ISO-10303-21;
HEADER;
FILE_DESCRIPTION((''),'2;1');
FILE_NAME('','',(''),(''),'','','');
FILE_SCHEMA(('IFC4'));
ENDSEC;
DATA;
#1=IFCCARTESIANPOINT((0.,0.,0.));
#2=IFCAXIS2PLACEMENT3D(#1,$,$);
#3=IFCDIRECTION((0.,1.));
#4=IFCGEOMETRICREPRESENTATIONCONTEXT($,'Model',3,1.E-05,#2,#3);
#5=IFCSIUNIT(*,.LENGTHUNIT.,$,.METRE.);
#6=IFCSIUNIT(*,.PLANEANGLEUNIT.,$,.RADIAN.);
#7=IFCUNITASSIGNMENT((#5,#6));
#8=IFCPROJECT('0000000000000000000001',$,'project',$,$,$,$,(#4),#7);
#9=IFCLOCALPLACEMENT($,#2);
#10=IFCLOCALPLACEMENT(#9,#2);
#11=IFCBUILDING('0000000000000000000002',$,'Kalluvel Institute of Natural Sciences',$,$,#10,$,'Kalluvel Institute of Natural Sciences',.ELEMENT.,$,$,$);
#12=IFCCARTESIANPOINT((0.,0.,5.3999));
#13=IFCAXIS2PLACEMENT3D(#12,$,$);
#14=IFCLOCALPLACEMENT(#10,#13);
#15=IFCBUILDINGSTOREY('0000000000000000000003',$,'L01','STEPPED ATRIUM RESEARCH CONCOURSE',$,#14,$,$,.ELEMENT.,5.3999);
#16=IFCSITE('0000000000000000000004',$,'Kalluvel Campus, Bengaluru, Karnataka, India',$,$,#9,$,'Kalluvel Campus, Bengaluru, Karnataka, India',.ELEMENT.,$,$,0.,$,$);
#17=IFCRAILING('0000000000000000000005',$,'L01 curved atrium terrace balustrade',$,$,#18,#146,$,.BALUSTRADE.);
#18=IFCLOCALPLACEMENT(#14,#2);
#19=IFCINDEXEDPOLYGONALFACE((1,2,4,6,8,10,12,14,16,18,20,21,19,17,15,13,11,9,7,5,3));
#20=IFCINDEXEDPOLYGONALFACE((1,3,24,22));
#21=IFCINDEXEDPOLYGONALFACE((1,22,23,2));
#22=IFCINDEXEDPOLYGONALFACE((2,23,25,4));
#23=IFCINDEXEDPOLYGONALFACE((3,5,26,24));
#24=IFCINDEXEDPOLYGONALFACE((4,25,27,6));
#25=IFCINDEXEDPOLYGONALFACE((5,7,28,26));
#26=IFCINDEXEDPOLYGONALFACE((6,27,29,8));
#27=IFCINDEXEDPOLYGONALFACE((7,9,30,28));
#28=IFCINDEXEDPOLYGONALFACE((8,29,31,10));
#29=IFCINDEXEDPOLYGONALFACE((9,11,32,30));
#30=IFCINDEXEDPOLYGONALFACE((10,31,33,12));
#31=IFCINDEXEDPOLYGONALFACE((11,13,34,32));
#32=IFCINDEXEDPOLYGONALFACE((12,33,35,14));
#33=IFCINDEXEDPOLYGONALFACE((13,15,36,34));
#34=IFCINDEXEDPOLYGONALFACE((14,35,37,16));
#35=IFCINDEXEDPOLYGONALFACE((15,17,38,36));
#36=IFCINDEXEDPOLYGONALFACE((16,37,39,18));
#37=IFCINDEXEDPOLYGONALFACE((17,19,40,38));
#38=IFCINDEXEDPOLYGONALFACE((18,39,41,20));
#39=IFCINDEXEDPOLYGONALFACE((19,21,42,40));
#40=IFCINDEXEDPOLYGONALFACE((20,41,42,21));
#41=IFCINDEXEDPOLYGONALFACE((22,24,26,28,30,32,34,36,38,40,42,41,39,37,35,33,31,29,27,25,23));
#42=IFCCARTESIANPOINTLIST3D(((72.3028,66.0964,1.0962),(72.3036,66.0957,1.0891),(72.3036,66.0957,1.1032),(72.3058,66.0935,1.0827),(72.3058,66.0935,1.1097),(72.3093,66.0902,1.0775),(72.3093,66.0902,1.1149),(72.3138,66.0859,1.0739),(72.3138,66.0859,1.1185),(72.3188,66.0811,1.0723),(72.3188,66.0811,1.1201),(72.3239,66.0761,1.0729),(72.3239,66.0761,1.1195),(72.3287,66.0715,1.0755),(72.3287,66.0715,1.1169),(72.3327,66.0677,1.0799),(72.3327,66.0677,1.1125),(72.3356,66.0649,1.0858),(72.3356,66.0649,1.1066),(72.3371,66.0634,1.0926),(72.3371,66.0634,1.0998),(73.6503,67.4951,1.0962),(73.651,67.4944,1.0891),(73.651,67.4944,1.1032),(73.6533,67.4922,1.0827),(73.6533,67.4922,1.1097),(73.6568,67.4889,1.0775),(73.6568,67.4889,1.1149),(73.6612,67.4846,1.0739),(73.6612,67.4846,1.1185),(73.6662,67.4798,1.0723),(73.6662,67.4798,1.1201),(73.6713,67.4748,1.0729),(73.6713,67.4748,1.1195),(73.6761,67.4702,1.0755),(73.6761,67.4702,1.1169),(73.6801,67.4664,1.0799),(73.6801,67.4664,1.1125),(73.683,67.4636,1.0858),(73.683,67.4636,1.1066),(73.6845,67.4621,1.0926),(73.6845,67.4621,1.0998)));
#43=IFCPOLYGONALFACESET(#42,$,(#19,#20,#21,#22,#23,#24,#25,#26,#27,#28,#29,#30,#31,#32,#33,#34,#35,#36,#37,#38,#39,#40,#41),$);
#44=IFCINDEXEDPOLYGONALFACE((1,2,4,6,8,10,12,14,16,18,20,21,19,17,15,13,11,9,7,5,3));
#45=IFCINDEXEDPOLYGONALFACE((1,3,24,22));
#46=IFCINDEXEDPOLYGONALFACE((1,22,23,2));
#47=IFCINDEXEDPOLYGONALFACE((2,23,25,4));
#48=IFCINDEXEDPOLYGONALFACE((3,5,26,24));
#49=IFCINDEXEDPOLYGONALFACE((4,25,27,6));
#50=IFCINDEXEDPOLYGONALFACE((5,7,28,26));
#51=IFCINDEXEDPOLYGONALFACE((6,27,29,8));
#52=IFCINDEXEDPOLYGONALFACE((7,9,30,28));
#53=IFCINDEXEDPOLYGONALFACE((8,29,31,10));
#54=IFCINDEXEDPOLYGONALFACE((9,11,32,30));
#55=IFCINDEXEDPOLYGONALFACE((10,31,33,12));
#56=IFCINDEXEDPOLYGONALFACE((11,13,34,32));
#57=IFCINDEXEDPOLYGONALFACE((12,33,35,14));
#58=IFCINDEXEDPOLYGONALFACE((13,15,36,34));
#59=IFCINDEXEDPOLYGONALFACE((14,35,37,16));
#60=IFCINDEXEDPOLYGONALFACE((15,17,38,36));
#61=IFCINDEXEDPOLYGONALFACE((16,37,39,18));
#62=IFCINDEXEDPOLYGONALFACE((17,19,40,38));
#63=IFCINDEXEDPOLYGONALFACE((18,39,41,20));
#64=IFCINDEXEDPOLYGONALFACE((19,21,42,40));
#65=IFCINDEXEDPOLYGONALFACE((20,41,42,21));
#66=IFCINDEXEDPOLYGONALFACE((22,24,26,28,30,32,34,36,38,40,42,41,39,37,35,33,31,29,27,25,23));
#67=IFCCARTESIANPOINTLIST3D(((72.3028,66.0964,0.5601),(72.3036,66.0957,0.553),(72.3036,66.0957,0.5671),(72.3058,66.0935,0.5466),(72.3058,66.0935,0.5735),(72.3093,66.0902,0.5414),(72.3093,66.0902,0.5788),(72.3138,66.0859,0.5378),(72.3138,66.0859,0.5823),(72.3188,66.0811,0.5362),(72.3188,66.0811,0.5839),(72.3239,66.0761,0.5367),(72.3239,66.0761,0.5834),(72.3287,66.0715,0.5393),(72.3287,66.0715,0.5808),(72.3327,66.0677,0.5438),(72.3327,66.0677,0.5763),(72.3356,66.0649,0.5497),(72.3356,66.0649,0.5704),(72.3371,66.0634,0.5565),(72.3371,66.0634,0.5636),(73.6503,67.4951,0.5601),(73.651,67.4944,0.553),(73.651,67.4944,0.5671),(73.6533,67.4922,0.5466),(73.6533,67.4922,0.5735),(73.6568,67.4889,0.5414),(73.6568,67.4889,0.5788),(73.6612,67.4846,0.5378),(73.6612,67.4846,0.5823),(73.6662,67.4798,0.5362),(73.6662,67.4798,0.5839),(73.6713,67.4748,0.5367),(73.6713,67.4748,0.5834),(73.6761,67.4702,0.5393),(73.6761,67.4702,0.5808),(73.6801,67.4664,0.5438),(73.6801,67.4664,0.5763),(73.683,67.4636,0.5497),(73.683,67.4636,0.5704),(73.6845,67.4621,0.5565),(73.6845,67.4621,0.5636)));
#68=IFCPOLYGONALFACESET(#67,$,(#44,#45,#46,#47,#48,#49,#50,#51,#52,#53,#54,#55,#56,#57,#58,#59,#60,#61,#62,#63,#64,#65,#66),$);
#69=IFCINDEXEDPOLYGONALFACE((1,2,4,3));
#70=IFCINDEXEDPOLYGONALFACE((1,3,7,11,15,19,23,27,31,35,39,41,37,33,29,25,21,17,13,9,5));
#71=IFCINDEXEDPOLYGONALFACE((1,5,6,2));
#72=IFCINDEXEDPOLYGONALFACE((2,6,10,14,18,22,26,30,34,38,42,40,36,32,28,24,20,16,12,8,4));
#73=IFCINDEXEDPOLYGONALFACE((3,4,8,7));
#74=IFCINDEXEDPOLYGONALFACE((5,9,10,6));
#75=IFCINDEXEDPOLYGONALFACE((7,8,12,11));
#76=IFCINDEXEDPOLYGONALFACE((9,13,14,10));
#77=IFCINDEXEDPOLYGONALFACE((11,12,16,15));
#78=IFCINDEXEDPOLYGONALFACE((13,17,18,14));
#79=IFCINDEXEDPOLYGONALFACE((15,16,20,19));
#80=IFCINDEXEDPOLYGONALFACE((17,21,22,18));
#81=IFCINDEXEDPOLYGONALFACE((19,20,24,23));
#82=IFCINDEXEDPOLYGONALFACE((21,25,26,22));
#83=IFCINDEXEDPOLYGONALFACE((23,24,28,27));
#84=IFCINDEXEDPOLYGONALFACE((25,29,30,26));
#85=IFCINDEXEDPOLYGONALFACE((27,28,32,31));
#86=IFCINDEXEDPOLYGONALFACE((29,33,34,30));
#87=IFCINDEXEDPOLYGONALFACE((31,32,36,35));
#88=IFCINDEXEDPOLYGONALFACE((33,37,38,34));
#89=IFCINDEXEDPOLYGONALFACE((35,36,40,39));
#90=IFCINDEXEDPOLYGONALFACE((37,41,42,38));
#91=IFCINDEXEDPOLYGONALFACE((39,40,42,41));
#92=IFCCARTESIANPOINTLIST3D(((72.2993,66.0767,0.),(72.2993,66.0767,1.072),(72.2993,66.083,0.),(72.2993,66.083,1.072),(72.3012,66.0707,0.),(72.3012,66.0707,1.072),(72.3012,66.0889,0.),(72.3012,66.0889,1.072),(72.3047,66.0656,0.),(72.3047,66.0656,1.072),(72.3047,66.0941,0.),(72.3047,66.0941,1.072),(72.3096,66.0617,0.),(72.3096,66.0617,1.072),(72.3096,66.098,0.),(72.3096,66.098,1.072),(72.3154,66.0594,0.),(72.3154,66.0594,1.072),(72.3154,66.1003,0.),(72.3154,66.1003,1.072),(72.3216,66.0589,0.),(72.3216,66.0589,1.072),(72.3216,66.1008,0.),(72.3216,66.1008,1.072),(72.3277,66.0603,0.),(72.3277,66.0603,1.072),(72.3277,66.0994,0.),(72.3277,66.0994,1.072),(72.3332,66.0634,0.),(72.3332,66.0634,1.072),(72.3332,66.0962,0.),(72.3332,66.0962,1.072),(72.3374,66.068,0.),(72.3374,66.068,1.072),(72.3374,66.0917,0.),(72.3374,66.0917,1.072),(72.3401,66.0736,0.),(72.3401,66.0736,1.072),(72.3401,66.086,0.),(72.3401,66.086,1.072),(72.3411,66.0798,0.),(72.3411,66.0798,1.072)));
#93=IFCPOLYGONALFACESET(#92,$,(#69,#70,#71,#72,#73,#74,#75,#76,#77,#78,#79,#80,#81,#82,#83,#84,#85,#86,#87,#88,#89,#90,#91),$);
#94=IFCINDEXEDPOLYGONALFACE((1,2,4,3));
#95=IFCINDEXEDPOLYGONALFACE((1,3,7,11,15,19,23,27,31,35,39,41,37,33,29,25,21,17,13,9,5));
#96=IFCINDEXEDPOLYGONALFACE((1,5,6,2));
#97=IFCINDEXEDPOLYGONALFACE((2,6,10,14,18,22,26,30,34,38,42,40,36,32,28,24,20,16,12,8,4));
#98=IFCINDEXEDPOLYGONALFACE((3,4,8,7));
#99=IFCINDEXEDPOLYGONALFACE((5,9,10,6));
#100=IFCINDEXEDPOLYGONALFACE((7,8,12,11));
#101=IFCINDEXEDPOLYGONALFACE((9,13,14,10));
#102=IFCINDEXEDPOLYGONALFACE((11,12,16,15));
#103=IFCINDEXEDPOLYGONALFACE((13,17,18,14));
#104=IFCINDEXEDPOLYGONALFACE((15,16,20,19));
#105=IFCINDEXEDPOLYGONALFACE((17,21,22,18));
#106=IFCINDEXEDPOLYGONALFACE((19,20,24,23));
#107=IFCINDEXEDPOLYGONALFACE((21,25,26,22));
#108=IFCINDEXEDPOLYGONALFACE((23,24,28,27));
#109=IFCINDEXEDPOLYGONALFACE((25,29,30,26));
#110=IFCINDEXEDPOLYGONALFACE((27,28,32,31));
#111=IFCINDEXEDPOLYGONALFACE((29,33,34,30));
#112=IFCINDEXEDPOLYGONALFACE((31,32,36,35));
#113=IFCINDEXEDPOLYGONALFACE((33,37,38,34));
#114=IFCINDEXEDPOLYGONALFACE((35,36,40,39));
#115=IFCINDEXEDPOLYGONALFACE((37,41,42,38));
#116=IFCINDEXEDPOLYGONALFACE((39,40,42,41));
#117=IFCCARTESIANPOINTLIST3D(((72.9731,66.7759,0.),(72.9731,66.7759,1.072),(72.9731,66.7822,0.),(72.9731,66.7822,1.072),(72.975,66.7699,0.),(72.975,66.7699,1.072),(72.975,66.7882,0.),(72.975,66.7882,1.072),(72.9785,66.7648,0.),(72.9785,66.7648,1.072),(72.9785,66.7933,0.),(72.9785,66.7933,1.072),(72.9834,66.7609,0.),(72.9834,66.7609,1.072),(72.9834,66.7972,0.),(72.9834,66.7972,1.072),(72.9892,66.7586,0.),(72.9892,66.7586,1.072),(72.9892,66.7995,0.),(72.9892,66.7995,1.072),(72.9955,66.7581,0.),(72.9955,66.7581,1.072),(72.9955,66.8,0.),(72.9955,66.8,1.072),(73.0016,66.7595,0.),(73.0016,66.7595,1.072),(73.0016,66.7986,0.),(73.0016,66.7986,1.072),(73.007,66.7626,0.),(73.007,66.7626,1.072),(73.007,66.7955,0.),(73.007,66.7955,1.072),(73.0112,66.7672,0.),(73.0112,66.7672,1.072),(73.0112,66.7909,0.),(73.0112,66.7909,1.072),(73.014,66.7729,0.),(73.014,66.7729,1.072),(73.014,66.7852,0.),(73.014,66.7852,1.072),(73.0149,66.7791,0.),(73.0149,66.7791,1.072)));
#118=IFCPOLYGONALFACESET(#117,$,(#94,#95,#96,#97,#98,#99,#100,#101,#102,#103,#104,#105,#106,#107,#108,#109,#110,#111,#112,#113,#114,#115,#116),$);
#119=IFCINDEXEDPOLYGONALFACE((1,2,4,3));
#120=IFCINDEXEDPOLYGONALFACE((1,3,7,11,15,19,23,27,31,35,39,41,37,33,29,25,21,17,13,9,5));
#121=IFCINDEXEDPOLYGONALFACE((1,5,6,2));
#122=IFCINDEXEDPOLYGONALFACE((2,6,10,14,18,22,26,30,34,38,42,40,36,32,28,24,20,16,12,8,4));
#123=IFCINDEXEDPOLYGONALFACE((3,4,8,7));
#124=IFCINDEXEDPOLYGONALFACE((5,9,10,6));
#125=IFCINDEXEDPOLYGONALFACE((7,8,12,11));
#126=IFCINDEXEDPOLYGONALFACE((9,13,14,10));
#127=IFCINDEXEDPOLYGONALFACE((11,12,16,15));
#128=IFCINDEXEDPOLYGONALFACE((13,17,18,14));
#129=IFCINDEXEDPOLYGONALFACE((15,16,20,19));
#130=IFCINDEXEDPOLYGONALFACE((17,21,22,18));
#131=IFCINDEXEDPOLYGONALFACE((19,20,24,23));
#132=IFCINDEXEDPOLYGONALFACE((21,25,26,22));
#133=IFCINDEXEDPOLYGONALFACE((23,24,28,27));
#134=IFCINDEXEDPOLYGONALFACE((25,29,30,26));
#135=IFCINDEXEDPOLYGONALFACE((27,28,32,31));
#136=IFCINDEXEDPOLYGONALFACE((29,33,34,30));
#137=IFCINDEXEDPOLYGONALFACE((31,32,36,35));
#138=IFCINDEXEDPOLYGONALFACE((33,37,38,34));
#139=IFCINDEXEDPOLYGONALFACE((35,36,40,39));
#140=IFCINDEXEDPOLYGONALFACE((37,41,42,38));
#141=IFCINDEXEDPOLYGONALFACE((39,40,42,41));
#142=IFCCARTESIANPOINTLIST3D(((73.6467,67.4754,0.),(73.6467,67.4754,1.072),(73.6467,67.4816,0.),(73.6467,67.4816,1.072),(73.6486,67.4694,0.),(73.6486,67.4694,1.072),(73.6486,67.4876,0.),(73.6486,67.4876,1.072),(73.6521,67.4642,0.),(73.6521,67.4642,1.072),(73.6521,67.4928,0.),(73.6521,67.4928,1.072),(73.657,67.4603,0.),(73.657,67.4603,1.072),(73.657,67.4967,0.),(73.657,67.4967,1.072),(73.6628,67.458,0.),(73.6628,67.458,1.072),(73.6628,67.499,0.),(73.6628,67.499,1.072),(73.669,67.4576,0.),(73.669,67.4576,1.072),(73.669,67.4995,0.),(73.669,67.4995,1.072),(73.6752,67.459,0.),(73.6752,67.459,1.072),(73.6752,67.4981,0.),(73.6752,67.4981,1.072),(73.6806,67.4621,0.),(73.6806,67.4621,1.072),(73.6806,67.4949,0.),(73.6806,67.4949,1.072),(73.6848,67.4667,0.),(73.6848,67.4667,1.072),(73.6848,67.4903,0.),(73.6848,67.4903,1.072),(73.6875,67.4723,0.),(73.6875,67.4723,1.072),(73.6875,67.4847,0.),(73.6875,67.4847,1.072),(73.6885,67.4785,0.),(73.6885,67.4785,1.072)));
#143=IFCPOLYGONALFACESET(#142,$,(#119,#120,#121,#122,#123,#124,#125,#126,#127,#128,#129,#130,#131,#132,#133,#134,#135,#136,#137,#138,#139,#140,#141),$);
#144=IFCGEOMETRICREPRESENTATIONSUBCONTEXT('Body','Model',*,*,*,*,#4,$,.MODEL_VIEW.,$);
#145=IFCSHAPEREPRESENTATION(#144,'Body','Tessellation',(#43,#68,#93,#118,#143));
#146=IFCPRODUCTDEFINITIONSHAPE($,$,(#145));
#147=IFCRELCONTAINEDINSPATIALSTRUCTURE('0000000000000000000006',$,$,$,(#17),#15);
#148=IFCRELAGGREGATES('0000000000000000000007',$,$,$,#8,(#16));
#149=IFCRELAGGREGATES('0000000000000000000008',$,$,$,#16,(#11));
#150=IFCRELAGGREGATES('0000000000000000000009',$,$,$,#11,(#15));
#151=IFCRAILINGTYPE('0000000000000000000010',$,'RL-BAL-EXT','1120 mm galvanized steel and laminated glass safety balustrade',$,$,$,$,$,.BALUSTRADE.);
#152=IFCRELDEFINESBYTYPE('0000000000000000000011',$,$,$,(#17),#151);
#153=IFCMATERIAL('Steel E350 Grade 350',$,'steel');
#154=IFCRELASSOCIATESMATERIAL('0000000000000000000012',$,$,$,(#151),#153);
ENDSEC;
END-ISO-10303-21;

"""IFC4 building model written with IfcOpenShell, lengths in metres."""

from ifc_helpers import new_model, si_unit, direction, frame, origin, origin_2d, place, context, subcontext, project, spatial, circle, extrude, material, type_object, element, save


model = new_model("IFC4")

# Units and contexts
model_context = context("Model", 3, precision=1e-05, world=origin(), true_north=direction((0.0, 1.0)))
body_context = subcontext(model_context, "Body", "Model", "MODEL_VIEW")
ifc_project = project(units=[si_unit("LENGTHUNIT", "METRE"), si_unit("PLANEANGLEUNIT", "RADIAN")], contexts=[model_context])

# Site, building, storey
site_placement = place(None, origin())
site = spatial("IfcSite", under=ifc_project, at=site_placement, Name="Kalluvel Campus, Bengaluru, Karnataka, India", LongName="Kalluvel Campus, Bengaluru, Karnataka, India", CompositionType="ELEMENT", RefElevation=0.0)
building_placement = place(site_placement, origin())
building = spatial("IfcBuilding", under=site, at=building_placement, Name="Kalluvel Institute of Natural Sciences", LongName="Kalluvel Institute of Natural Sciences", CompositionType="ELEMENT")
storey_placement = place(building_placement, frame((0.0, 0.0, 5.3999)))
storey = spatial("IfcBuildingStorey", under=building, at=storey_placement, Name="L01", Description="STEPPED ATRIUM RESEARCH CONCOURSE", CompositionType="ELEMENT", Elevation=5.3999)

# Railing
ifc_material_1 = material(Name="Steel E350 Grade 350", Category="steel")
railing_type = type_object("IfcRailingType", Name="RL-BAL-EXT", Description="1120 mm galvanized steel and laminated glass safety balustrade", PredefinedType="BALUSTRADE", material=ifc_material_1)
railing_1_placement = place(storey_placement, frame((72.3201, 66.0798, 0.0)))
element("IfcRailing", 1, at=railing_1_placement, inside=storey, type_object=railing_type, Name="L01 curved atrium terrace balustrade", PredefinedType="BALUSTRADE", context=body_context, shape_type="SweptSolid", body=[
    extrude(circle(Radius=0.0239, at=origin_2d()), frame((0.0, 0.0, 1.0962), z_axis=(0.693784, 0.720183, 0.0), x_axis=(-0.720183, 0.693784, 0.0)), (0.0, 0.0, 1.0), 1.9421),
    extrude(circle(Radius=0.0239, at=origin_2d()), frame((0.0, 0.0, 0.5601), z_axis=(0.693784, 0.720183, 0.0), x_axis=(-0.720183, 0.693784, 0.0)), (0.0, 0.0, 1.0), 1.9421),
    extrude(circle(Radius=0.021, at=origin_2d()), origin(), (0.0, 0.0, 1.0), 1.072),
    extrude(circle(Radius=0.021, at=origin_2d()), frame((0.6738, 0.6992, 0.0)), (0.0, 0.0, 1.0), 1.072),
    extrude(circle(Radius=0.021, at=origin_2d()), frame((1.3474, 1.3987, 0.0)), (0.0, 0.0, 1.0), 1.072),
])

save(model, "model.ifc")
